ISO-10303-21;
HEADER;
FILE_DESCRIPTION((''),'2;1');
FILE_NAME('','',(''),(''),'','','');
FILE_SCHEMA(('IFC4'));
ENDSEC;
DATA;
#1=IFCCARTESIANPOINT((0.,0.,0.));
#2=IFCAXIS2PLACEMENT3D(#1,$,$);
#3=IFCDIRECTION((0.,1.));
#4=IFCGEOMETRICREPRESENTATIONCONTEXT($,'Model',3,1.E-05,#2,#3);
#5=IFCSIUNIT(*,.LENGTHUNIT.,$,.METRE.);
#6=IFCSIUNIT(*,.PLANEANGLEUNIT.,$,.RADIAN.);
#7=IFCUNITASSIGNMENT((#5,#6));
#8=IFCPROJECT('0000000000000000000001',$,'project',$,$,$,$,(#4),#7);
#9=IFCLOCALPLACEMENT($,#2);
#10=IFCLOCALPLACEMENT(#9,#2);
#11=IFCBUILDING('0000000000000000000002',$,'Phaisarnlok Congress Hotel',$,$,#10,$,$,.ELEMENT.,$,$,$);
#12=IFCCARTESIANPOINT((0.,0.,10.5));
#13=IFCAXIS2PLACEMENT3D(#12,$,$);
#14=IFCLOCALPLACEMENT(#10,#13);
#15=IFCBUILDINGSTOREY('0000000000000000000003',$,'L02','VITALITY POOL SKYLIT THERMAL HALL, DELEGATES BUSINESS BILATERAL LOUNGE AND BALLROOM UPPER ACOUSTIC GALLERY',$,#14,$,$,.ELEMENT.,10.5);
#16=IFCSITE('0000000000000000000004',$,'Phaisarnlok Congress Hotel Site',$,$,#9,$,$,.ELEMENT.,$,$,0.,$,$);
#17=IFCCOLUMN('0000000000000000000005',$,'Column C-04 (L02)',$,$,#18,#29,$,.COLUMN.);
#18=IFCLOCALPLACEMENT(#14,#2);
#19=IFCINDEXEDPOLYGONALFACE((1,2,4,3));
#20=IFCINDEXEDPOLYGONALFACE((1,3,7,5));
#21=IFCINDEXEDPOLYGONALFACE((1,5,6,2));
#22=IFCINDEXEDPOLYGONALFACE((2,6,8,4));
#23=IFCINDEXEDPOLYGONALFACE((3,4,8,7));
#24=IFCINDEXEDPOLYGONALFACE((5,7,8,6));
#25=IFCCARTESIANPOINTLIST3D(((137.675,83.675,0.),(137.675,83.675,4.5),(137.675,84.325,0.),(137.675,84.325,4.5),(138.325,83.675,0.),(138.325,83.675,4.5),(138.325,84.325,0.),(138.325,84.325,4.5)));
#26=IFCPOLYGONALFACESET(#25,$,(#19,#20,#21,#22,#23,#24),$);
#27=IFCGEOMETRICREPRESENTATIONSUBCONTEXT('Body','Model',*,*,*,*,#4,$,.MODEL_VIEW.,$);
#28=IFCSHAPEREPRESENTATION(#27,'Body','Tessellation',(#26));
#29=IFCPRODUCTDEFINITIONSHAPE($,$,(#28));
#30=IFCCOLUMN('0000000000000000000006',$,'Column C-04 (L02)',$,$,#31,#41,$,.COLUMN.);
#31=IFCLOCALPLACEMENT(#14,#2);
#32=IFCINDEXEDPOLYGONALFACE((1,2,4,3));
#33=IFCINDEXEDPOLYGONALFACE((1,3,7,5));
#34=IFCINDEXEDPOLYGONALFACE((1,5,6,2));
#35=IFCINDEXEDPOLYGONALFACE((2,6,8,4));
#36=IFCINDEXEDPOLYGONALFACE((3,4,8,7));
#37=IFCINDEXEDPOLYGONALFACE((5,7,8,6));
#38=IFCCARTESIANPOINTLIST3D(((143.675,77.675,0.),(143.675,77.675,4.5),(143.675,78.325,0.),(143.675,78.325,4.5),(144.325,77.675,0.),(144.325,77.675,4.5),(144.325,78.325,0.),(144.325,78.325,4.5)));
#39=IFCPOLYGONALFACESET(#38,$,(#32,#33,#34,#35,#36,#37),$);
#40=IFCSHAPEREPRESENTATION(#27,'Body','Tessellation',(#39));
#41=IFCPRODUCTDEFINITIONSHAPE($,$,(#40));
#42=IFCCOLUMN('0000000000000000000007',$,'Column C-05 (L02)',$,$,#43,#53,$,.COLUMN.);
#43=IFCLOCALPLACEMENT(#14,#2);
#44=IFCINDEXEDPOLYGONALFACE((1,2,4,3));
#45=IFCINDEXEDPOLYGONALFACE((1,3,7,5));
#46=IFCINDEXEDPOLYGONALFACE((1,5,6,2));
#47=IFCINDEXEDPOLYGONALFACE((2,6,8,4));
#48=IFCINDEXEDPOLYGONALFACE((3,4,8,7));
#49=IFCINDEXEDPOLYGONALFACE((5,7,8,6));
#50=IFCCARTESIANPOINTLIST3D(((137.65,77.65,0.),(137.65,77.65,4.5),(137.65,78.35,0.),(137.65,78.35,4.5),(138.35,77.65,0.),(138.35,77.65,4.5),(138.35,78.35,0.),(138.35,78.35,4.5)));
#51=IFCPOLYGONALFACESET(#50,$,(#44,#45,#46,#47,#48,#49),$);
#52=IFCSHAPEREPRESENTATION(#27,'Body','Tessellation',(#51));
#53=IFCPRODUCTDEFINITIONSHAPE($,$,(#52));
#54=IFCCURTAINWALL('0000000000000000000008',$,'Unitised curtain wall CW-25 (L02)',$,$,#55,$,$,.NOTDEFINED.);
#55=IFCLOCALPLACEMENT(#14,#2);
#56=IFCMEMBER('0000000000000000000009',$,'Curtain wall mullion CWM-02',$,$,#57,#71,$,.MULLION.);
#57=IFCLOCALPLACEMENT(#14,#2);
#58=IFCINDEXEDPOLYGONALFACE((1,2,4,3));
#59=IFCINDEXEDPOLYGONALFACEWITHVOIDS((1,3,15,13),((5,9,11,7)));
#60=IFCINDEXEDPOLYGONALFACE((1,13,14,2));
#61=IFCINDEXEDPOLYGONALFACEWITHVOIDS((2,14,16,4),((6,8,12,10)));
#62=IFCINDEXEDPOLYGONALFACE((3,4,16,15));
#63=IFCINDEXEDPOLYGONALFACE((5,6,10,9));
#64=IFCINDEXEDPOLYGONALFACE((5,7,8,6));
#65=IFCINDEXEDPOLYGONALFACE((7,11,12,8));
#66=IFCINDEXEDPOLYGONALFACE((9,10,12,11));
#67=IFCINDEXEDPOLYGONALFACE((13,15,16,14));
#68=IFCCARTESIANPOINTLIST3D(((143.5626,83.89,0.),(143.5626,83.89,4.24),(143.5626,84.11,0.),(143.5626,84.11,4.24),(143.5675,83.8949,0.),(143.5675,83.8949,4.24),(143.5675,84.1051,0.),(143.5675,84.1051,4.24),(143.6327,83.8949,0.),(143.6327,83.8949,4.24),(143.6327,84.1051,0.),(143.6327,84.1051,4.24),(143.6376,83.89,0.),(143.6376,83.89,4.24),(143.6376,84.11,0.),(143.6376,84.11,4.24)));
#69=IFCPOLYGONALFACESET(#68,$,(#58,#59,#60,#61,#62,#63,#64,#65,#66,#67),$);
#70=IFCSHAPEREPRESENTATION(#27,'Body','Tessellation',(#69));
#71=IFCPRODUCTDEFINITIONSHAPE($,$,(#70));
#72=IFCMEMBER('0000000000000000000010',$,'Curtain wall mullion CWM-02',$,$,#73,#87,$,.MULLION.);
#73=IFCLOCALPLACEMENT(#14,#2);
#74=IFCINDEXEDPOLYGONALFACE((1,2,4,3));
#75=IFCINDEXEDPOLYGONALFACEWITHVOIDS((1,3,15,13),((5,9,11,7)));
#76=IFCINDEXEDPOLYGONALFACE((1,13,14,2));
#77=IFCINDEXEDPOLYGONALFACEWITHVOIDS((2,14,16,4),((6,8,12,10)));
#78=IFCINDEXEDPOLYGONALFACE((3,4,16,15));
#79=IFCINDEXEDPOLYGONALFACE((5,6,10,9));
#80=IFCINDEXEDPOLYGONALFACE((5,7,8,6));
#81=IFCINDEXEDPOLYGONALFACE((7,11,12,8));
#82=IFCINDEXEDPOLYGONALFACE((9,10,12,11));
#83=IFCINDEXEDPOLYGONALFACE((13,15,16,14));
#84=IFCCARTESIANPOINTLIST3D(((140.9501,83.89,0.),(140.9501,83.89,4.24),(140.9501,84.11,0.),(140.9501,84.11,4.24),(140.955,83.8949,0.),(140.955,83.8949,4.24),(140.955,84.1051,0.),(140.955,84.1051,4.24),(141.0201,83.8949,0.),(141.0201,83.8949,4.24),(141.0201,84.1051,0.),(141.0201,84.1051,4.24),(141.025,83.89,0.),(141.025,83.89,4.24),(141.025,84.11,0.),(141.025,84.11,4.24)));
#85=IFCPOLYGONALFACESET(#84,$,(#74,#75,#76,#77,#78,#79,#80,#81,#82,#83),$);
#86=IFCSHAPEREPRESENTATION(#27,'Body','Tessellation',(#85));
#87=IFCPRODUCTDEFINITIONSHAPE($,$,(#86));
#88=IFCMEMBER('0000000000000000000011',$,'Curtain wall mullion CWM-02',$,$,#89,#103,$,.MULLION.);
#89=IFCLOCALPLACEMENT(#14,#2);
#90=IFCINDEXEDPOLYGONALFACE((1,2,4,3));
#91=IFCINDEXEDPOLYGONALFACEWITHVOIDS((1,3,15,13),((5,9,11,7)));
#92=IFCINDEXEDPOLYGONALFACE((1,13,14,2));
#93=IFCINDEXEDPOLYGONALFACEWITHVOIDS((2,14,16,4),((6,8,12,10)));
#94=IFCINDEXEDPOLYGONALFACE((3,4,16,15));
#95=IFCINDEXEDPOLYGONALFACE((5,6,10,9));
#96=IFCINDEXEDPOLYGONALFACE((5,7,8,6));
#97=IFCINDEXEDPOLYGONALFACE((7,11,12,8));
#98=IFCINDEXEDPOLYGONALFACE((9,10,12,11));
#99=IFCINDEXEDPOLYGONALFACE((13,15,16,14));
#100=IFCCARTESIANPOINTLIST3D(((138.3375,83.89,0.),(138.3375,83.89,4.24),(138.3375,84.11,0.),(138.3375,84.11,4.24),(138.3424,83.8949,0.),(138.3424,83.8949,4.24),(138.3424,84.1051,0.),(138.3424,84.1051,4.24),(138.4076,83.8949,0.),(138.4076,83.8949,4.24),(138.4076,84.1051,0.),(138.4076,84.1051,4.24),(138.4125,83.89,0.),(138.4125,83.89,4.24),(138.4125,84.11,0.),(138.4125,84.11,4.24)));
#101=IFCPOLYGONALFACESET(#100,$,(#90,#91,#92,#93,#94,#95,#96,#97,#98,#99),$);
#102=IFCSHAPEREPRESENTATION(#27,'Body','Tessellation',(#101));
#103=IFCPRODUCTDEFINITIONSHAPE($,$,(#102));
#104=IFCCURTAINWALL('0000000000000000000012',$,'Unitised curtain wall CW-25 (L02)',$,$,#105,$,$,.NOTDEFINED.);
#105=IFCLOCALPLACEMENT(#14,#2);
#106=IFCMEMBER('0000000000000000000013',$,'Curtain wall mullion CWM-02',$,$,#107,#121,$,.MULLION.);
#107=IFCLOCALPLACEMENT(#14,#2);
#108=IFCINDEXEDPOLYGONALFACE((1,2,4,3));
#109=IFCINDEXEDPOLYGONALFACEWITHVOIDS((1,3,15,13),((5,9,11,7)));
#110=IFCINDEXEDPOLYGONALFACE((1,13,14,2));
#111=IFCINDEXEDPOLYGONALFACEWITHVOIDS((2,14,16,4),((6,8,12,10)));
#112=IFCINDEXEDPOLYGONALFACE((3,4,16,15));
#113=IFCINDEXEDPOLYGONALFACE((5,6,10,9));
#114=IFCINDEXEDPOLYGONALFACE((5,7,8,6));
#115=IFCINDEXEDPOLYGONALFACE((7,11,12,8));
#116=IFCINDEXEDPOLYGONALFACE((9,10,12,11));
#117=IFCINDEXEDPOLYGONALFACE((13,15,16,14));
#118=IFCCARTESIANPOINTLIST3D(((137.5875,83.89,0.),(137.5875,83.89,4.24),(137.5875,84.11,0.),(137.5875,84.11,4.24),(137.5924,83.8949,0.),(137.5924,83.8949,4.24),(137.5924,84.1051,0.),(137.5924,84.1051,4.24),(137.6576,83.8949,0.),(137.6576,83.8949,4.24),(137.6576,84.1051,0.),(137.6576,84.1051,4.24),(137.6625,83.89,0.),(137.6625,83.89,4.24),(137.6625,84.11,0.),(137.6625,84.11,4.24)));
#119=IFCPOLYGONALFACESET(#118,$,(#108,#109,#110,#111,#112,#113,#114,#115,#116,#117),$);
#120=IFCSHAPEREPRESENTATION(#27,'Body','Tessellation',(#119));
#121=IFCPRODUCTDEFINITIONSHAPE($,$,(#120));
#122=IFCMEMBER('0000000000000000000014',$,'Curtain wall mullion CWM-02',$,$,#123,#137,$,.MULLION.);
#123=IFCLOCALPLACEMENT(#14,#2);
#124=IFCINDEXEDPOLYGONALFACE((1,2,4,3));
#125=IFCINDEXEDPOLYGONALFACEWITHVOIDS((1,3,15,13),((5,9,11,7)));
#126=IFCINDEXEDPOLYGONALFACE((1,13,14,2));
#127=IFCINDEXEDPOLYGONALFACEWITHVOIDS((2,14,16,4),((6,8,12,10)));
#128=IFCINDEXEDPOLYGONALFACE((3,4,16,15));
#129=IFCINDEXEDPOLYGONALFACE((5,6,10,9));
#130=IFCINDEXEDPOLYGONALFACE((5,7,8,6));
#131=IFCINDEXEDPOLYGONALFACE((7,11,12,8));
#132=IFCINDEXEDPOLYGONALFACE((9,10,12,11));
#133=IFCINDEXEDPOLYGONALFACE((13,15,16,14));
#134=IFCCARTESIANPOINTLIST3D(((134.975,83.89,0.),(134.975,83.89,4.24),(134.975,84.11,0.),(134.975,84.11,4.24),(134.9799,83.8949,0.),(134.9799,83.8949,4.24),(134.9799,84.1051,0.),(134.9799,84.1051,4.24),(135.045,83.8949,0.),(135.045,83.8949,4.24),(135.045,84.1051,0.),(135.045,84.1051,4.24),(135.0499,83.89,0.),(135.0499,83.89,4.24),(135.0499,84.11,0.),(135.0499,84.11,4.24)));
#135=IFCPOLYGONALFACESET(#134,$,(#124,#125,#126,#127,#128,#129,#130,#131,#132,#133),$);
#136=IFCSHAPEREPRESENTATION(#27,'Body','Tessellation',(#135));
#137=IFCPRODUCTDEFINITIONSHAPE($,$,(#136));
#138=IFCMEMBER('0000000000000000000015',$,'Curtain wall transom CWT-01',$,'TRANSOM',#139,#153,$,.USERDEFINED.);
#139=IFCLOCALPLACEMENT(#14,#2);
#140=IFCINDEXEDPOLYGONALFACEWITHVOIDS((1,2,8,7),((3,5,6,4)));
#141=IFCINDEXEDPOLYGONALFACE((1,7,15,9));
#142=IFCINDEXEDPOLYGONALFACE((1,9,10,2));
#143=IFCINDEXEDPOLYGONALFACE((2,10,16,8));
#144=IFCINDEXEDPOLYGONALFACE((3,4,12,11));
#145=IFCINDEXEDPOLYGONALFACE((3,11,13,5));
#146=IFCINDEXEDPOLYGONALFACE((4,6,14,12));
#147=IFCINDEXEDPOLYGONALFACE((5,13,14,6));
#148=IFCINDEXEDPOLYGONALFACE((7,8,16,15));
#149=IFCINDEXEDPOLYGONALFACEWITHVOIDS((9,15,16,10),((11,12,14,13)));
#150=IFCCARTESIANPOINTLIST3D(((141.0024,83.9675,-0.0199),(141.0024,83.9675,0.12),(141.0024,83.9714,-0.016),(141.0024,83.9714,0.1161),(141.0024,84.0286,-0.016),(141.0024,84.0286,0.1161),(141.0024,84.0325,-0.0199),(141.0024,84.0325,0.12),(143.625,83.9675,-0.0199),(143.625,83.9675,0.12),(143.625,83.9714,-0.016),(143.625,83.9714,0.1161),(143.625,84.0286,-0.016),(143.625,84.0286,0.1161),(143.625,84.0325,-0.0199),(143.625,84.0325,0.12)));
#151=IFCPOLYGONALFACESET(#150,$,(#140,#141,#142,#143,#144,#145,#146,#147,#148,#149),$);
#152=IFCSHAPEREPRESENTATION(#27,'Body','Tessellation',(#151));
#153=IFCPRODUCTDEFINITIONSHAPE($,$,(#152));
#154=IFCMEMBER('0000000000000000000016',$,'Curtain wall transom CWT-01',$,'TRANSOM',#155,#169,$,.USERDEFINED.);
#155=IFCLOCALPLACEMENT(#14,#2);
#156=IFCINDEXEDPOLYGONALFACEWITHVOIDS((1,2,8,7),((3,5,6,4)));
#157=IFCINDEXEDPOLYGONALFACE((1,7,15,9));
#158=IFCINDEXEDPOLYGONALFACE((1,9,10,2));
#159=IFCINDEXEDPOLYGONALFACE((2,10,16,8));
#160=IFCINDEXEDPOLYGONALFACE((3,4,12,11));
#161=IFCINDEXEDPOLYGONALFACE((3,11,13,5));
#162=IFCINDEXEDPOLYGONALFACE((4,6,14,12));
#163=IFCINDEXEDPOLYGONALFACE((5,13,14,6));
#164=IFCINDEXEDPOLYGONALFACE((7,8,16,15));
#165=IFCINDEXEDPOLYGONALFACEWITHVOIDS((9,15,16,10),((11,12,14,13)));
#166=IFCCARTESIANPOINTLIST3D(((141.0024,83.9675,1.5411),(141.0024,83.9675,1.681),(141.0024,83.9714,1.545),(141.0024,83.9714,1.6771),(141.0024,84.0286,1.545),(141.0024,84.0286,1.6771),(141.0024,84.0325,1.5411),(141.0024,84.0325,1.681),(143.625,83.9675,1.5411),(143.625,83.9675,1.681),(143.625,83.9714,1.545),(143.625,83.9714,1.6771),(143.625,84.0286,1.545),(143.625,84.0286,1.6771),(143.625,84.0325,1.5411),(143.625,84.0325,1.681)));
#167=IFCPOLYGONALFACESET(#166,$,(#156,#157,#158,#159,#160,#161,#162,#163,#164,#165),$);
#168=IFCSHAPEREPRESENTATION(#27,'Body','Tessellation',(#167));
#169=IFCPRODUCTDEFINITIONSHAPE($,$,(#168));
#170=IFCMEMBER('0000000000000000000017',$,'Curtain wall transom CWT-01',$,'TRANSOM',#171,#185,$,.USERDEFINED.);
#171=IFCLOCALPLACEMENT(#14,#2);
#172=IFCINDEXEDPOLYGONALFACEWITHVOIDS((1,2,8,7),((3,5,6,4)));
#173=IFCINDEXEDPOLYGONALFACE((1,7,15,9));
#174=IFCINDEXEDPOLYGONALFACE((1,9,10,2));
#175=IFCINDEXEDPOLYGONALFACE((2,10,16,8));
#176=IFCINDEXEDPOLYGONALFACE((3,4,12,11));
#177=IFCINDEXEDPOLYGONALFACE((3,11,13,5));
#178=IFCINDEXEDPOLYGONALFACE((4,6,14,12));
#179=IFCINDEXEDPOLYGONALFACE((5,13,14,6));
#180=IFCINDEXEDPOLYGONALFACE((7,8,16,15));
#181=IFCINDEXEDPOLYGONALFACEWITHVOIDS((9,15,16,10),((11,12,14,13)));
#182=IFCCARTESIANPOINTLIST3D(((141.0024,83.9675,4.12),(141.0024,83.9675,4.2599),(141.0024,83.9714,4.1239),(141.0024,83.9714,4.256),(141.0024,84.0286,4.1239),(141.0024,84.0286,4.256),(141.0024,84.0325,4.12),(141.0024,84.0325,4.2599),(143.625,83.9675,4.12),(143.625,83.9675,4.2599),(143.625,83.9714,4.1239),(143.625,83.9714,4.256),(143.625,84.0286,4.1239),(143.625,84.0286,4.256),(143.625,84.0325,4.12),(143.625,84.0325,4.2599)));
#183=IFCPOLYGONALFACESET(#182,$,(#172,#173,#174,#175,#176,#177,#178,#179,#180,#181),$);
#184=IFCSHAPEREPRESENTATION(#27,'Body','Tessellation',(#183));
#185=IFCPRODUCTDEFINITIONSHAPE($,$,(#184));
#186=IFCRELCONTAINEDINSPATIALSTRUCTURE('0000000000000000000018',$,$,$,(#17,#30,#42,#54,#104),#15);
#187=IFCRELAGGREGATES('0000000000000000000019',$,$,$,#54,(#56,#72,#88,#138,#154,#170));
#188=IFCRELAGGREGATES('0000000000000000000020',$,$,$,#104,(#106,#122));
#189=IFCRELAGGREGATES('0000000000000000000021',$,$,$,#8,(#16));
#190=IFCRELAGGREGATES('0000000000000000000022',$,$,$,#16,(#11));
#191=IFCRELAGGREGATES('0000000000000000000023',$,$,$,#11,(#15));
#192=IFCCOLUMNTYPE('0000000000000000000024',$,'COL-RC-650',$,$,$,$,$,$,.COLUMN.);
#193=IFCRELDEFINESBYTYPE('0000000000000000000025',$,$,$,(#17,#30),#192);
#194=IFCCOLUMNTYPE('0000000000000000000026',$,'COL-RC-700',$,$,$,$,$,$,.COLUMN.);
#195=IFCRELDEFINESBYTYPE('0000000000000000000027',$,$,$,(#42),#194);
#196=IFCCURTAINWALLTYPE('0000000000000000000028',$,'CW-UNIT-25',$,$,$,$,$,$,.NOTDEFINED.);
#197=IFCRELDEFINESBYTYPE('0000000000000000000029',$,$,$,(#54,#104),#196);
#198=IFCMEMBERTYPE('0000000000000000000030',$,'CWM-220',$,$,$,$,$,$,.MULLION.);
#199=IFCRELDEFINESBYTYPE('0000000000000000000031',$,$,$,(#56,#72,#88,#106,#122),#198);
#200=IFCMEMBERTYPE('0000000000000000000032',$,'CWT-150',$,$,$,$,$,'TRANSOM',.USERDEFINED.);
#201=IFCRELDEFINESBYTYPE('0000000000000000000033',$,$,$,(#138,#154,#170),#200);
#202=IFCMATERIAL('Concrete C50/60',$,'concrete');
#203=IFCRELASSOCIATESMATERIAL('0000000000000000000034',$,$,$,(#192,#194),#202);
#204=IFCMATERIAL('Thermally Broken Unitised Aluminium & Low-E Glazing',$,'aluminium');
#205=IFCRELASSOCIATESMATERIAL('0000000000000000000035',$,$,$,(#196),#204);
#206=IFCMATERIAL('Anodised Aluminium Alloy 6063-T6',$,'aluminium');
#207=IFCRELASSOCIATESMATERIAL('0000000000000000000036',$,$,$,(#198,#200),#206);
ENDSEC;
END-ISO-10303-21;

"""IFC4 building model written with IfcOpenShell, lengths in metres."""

from ifc_helpers import new_model, si_unit, direction, frame, origin, origin_2d, place, context, subcontext, project, spatial, rectangle, hollow_rectangle, extrude, material, material_profile, profile_set, type_object, element, aggregate, save


model = new_model("IFC4")

# Units and contexts
model_context = context("Model", 3, precision=1e-05, world=origin(), true_north=direction((0.0, 1.0)))
body_context = subcontext(model_context, "Body", "Model", "MODEL_VIEW")
ifc_project = project(units=[si_unit("LENGTHUNIT", "METRE"), si_unit("PLANEANGLEUNIT", "RADIAN")], contexts=[model_context])

# Site, building, storey
site_placement = place(None, origin())
site = spatial("IfcSite", under=ifc_project, at=site_placement, Name="Phaisarnlok Congress Hotel Site", CompositionType="ELEMENT", RefElevation=0.0)
building_placement = place(site_placement, origin())
building = spatial("IfcBuilding", under=site, at=building_placement, Name="Phaisarnlok Congress Hotel", CompositionType="ELEMENT")
storey_placement = place(building_placement, frame((0.0, 0.0, 10.5)))
storey = spatial("IfcBuildingStorey", under=building, at=storey_placement, Name="L02", Description="VITALITY POOL SKYLIT THERMAL HALL, DELEGATES BUSINESS BILATERAL LOUNGE AND BALLROOM UPPER ACOUSTIC GALLERY", CompositionType="ELEMENT", Elevation=10.5)

# Columns
ifc_material_1 = material(Name="Concrete C50/60", Category="concrete")
ifc_material_profile_1 = material_profile(ifc_material_1, rectangle(XDim=0.6499, YDim=0.6499, at=origin_2d()), Name="RC 650x650")
ifc_profile_set_1 = profile_set([ifc_material_profile_1], Name="Concrete C50/60")
column_type_1 = type_object("IfcColumnType", Name="COL-RC-650", PredefinedType="COLUMN", material=ifc_profile_set_1)
for number, where, z_axis, x_axis, name in (
    (1, (138.0, 84.0, 0.0), (0.0, 0.0, 1.0), (1.0, 0.0, 0.0), "Column C-04 (L02)"),
    (2, (144.0, 78.0, 0.0), (0.0, 0.0, 1.0), (1.0, 0.0, 0.0), "Column C-04 (L02)"),
):
    element("IfcColumn", number, at=place(storey_placement, frame(where, z_axis=z_axis, x_axis=x_axis)), inside=storey, type_object=column_type_1, Name=name, PredefinedType="COLUMN", context=body_context, shape_type="SweptSolid", body=[
        extrude(rectangle(XDim=0.6499, YDim=0.6499, at=origin_2d()), origin(), (0.0, 0.0, 1.0), 4.5),
    ])
ifc_material_profile_2 = material_profile(ifc_material_1, rectangle(XDim=0.7, YDim=0.7, at=origin_2d()), Name="RC 700x700")
ifc_profile_set_2 = profile_set([ifc_material_profile_2], Name="Concrete C50/60")
column_type_2 = type_object("IfcColumnType", Name="COL-RC-700", PredefinedType="COLUMN", material=ifc_profile_set_2)
column_placement = place(storey_placement, frame((138.0, 78.0, 0.0), z_axis=(0.0, 0.0, 1.0), x_axis=(1.0, 0.0, 0.0)))
element("IfcColumn", 3, at=column_placement, inside=storey, type_object=column_type_2, Name="Column C-05 (L02)", PredefinedType="COLUMN", context=body_context, shape_type="SweptSolid", body=[
    extrude(rectangle(XDim=0.7, YDim=0.7, at=origin_2d()), origin(), (0.0, 0.0, 1.0), 4.5),
])

# Curtain walls, members
ifc_material_2 = material(Name="Thermally Broken Unitised Aluminium & Low-E Glazing", Category="aluminium")
curtain_wall_type = type_object("IfcCurtainWallType", Name="CW-UNIT-25", PredefinedType="NOTDEFINED", material=ifc_material_2)
curtain_wall_1_placement = place(storey_placement, origin())
curtain_wall_1 = element("IfcCurtainWall", 4, at=curtain_wall_1_placement, inside=storey, type_object=curtain_wall_type, Name="Unitised curtain wall CW-25 (L02)", PredefinedType="NOTDEFINED")
ifc_material_3 = material(Name="Anodised Aluminium Alloy 6063-T6", Category="aluminium")
ifc_material_profile_3 = material_profile(ifc_material_3, hollow_rectangle(XDim=0.075, YDim=0.22, WallThickness=0.0049, at=origin_2d()), Name="ALU-M 75x220x5")
ifc_profile_set_3 = profile_set([ifc_material_profile_3], Name="Anodised Aluminium Alloy 6063-T6")
member_type_1 = type_object("IfcMemberType", Name="CWM-220", PredefinedType="MULLION", material=ifc_profile_set_3)
member_1_placement = place(storey_placement, frame((143.6001, 84.0, 0.0), z_axis=(0.0, 0.0, 1.0), x_axis=(-1.0, 0.0, 0.0)))
member_1 = element("IfcMember", 5, at=member_1_placement, type_object=member_type_1, Name="Curtain wall mullion CWM-02", PredefinedType="MULLION", context=body_context, shape_type="SweptSolid", body=[
    extrude(hollow_rectangle(XDim=0.075, YDim=0.22, WallThickness=0.0049, at=origin_2d()), origin(), (0.0, 0.0, 1.0), 4.24),
])
member_2_placement = place(storey_placement, frame((140.9875, 84.0, 0.0), z_axis=(0.0, 0.0, 1.0), x_axis=(-1.0, 0.0, 0.0)))
member_2 = element("IfcMember", 6, at=member_2_placement, type_object=member_type_1, Name="Curtain wall mullion CWM-02", PredefinedType="MULLION", context=body_context, shape_type="SweptSolid", body=[
    extrude(hollow_rectangle(XDim=0.075, YDim=0.22, WallThickness=0.0049, at=origin_2d()), origin(), (0.0, 0.0, 1.0), 4.24),
])
member_3_placement = place(storey_placement, frame((138.375, 84.0, 0.0), z_axis=(0.0, 0.0, 1.0), x_axis=(-1.0, 0.0, 0.0)))
member_3 = element("IfcMember", 7, at=member_3_placement, type_object=member_type_1, Name="Curtain wall mullion CWM-02", PredefinedType="MULLION", context=body_context, shape_type="SweptSolid", body=[
    extrude(hollow_rectangle(XDim=0.075, YDim=0.22, WallThickness=0.0049, at=origin_2d()), origin(), (0.0, 0.0, 1.0), 4.24),
])
curtain_wall_2_placement = place(storey_placement, origin())
curtain_wall_2 = element("IfcCurtainWall", 8, at=curtain_wall_2_placement, inside=storey, type_object=curtain_wall_type, Name="Unitised curtain wall CW-25 (L02)", PredefinedType="NOTDEFINED")
member_4_placement = place(storey_placement, frame((137.625, 84.0, 0.0), z_axis=(0.0, 0.0, 1.0), x_axis=(-1.0, 0.0, 0.0)))
member_4 = element("IfcMember", 9, at=member_4_placement, type_object=member_type_1, Name="Curtain wall mullion CWM-02", PredefinedType="MULLION", context=body_context, shape_type="SweptSolid", body=[
    extrude(hollow_rectangle(XDim=0.075, YDim=0.22, WallThickness=0.0049, at=origin_2d()), origin(), (0.0, 0.0, 1.0), 4.24),
])
member_5_placement = place(storey_placement, frame((135.0125, 84.0, 0.0), z_axis=(0.0, 0.0, 1.0), x_axis=(-1.0, 0.0, 0.0)))
member_5 = element("IfcMember", 10, at=member_5_placement, type_object=member_type_1, Name="Curtain wall mullion CWM-02", PredefinedType="MULLION", context=body_context, shape_type="SweptSolid", body=[
    extrude(hollow_rectangle(XDim=0.075, YDim=0.22, WallThickness=0.0049, at=origin_2d()), origin(), (0.0, 0.0, 1.0), 4.24),
])

# Members
ifc_material_profile_4 = material_profile(ifc_material_3, hollow_rectangle(XDim=0.0649, YDim=0.1399, WallThickness=0.0039, at=origin_2d()), Name="ALU-T 65x140x4")
ifc_profile_set_4 = profile_set([ifc_material_profile_4], Name="Anodised Aluminium Alloy 6063-T6")
member_type_2 = type_object("IfcMemberType", Name="CWT-150", ElementType="TRANSOM", PredefinedType="USERDEFINED", material=ifc_profile_set_4)
member_6_placement = place(storey_placement, frame((143.625, 84.0, 0.05), z_axis=(-1.0, 0.0, 0.0), x_axis=(0.0, -1.0, 0.0)))
member_6 = element("IfcMember", 11, at=member_6_placement, type_object=member_type_2, Name="Curtain wall transom CWT-01", ObjectType="TRANSOM", PredefinedType="USERDEFINED", context=body_context, shape_type="SweptSolid", body=[
    extrude(hollow_rectangle(XDim=0.0649, YDim=0.1399, WallThickness=0.0039, at=origin_2d()), origin(), (0.0, 0.0, 1.0), 2.6226),
])
member_7_placement = place(storey_placement, frame((143.625, 84.0, 1.6111), z_axis=(-1.0, 0.0, 0.0), x_axis=(0.0, -1.0, 0.0)))
member_7 = element("IfcMember", 12, at=member_7_placement, type_object=member_type_2, Name="Curtain wall transom CWT-01", ObjectType="TRANSOM", PredefinedType="USERDEFINED", context=body_context, shape_type="SweptSolid", body=[
    extrude(hollow_rectangle(XDim=0.0649, YDim=0.1399, WallThickness=0.0039, at=origin_2d()), origin(), (0.0, 0.0, 1.0), 2.6226),
])
member_8_placement = place(storey_placement, frame((143.625, 84.0, 4.1899), z_axis=(-1.0, 0.0, 0.0), x_axis=(0.0, -1.0, 0.0)))
member_8 = element("IfcMember", 13, at=member_8_placement, type_object=member_type_2, Name="Curtain wall transom CWT-01", ObjectType="TRANSOM", PredefinedType="USERDEFINED", context=body_context, shape_type="SweptSolid", body=[
    extrude(hollow_rectangle(XDim=0.0649, YDim=0.1399, WallThickness=0.0039, at=origin_2d()), origin(), (0.0, 0.0, 1.0), 2.6226),
])

aggregate(curtain_wall_1, [member_1, member_2, member_3, member_6, member_7, member_8])
aggregate(curtain_wall_2, [member_4, member_5])

save(model, "model.ifc")
